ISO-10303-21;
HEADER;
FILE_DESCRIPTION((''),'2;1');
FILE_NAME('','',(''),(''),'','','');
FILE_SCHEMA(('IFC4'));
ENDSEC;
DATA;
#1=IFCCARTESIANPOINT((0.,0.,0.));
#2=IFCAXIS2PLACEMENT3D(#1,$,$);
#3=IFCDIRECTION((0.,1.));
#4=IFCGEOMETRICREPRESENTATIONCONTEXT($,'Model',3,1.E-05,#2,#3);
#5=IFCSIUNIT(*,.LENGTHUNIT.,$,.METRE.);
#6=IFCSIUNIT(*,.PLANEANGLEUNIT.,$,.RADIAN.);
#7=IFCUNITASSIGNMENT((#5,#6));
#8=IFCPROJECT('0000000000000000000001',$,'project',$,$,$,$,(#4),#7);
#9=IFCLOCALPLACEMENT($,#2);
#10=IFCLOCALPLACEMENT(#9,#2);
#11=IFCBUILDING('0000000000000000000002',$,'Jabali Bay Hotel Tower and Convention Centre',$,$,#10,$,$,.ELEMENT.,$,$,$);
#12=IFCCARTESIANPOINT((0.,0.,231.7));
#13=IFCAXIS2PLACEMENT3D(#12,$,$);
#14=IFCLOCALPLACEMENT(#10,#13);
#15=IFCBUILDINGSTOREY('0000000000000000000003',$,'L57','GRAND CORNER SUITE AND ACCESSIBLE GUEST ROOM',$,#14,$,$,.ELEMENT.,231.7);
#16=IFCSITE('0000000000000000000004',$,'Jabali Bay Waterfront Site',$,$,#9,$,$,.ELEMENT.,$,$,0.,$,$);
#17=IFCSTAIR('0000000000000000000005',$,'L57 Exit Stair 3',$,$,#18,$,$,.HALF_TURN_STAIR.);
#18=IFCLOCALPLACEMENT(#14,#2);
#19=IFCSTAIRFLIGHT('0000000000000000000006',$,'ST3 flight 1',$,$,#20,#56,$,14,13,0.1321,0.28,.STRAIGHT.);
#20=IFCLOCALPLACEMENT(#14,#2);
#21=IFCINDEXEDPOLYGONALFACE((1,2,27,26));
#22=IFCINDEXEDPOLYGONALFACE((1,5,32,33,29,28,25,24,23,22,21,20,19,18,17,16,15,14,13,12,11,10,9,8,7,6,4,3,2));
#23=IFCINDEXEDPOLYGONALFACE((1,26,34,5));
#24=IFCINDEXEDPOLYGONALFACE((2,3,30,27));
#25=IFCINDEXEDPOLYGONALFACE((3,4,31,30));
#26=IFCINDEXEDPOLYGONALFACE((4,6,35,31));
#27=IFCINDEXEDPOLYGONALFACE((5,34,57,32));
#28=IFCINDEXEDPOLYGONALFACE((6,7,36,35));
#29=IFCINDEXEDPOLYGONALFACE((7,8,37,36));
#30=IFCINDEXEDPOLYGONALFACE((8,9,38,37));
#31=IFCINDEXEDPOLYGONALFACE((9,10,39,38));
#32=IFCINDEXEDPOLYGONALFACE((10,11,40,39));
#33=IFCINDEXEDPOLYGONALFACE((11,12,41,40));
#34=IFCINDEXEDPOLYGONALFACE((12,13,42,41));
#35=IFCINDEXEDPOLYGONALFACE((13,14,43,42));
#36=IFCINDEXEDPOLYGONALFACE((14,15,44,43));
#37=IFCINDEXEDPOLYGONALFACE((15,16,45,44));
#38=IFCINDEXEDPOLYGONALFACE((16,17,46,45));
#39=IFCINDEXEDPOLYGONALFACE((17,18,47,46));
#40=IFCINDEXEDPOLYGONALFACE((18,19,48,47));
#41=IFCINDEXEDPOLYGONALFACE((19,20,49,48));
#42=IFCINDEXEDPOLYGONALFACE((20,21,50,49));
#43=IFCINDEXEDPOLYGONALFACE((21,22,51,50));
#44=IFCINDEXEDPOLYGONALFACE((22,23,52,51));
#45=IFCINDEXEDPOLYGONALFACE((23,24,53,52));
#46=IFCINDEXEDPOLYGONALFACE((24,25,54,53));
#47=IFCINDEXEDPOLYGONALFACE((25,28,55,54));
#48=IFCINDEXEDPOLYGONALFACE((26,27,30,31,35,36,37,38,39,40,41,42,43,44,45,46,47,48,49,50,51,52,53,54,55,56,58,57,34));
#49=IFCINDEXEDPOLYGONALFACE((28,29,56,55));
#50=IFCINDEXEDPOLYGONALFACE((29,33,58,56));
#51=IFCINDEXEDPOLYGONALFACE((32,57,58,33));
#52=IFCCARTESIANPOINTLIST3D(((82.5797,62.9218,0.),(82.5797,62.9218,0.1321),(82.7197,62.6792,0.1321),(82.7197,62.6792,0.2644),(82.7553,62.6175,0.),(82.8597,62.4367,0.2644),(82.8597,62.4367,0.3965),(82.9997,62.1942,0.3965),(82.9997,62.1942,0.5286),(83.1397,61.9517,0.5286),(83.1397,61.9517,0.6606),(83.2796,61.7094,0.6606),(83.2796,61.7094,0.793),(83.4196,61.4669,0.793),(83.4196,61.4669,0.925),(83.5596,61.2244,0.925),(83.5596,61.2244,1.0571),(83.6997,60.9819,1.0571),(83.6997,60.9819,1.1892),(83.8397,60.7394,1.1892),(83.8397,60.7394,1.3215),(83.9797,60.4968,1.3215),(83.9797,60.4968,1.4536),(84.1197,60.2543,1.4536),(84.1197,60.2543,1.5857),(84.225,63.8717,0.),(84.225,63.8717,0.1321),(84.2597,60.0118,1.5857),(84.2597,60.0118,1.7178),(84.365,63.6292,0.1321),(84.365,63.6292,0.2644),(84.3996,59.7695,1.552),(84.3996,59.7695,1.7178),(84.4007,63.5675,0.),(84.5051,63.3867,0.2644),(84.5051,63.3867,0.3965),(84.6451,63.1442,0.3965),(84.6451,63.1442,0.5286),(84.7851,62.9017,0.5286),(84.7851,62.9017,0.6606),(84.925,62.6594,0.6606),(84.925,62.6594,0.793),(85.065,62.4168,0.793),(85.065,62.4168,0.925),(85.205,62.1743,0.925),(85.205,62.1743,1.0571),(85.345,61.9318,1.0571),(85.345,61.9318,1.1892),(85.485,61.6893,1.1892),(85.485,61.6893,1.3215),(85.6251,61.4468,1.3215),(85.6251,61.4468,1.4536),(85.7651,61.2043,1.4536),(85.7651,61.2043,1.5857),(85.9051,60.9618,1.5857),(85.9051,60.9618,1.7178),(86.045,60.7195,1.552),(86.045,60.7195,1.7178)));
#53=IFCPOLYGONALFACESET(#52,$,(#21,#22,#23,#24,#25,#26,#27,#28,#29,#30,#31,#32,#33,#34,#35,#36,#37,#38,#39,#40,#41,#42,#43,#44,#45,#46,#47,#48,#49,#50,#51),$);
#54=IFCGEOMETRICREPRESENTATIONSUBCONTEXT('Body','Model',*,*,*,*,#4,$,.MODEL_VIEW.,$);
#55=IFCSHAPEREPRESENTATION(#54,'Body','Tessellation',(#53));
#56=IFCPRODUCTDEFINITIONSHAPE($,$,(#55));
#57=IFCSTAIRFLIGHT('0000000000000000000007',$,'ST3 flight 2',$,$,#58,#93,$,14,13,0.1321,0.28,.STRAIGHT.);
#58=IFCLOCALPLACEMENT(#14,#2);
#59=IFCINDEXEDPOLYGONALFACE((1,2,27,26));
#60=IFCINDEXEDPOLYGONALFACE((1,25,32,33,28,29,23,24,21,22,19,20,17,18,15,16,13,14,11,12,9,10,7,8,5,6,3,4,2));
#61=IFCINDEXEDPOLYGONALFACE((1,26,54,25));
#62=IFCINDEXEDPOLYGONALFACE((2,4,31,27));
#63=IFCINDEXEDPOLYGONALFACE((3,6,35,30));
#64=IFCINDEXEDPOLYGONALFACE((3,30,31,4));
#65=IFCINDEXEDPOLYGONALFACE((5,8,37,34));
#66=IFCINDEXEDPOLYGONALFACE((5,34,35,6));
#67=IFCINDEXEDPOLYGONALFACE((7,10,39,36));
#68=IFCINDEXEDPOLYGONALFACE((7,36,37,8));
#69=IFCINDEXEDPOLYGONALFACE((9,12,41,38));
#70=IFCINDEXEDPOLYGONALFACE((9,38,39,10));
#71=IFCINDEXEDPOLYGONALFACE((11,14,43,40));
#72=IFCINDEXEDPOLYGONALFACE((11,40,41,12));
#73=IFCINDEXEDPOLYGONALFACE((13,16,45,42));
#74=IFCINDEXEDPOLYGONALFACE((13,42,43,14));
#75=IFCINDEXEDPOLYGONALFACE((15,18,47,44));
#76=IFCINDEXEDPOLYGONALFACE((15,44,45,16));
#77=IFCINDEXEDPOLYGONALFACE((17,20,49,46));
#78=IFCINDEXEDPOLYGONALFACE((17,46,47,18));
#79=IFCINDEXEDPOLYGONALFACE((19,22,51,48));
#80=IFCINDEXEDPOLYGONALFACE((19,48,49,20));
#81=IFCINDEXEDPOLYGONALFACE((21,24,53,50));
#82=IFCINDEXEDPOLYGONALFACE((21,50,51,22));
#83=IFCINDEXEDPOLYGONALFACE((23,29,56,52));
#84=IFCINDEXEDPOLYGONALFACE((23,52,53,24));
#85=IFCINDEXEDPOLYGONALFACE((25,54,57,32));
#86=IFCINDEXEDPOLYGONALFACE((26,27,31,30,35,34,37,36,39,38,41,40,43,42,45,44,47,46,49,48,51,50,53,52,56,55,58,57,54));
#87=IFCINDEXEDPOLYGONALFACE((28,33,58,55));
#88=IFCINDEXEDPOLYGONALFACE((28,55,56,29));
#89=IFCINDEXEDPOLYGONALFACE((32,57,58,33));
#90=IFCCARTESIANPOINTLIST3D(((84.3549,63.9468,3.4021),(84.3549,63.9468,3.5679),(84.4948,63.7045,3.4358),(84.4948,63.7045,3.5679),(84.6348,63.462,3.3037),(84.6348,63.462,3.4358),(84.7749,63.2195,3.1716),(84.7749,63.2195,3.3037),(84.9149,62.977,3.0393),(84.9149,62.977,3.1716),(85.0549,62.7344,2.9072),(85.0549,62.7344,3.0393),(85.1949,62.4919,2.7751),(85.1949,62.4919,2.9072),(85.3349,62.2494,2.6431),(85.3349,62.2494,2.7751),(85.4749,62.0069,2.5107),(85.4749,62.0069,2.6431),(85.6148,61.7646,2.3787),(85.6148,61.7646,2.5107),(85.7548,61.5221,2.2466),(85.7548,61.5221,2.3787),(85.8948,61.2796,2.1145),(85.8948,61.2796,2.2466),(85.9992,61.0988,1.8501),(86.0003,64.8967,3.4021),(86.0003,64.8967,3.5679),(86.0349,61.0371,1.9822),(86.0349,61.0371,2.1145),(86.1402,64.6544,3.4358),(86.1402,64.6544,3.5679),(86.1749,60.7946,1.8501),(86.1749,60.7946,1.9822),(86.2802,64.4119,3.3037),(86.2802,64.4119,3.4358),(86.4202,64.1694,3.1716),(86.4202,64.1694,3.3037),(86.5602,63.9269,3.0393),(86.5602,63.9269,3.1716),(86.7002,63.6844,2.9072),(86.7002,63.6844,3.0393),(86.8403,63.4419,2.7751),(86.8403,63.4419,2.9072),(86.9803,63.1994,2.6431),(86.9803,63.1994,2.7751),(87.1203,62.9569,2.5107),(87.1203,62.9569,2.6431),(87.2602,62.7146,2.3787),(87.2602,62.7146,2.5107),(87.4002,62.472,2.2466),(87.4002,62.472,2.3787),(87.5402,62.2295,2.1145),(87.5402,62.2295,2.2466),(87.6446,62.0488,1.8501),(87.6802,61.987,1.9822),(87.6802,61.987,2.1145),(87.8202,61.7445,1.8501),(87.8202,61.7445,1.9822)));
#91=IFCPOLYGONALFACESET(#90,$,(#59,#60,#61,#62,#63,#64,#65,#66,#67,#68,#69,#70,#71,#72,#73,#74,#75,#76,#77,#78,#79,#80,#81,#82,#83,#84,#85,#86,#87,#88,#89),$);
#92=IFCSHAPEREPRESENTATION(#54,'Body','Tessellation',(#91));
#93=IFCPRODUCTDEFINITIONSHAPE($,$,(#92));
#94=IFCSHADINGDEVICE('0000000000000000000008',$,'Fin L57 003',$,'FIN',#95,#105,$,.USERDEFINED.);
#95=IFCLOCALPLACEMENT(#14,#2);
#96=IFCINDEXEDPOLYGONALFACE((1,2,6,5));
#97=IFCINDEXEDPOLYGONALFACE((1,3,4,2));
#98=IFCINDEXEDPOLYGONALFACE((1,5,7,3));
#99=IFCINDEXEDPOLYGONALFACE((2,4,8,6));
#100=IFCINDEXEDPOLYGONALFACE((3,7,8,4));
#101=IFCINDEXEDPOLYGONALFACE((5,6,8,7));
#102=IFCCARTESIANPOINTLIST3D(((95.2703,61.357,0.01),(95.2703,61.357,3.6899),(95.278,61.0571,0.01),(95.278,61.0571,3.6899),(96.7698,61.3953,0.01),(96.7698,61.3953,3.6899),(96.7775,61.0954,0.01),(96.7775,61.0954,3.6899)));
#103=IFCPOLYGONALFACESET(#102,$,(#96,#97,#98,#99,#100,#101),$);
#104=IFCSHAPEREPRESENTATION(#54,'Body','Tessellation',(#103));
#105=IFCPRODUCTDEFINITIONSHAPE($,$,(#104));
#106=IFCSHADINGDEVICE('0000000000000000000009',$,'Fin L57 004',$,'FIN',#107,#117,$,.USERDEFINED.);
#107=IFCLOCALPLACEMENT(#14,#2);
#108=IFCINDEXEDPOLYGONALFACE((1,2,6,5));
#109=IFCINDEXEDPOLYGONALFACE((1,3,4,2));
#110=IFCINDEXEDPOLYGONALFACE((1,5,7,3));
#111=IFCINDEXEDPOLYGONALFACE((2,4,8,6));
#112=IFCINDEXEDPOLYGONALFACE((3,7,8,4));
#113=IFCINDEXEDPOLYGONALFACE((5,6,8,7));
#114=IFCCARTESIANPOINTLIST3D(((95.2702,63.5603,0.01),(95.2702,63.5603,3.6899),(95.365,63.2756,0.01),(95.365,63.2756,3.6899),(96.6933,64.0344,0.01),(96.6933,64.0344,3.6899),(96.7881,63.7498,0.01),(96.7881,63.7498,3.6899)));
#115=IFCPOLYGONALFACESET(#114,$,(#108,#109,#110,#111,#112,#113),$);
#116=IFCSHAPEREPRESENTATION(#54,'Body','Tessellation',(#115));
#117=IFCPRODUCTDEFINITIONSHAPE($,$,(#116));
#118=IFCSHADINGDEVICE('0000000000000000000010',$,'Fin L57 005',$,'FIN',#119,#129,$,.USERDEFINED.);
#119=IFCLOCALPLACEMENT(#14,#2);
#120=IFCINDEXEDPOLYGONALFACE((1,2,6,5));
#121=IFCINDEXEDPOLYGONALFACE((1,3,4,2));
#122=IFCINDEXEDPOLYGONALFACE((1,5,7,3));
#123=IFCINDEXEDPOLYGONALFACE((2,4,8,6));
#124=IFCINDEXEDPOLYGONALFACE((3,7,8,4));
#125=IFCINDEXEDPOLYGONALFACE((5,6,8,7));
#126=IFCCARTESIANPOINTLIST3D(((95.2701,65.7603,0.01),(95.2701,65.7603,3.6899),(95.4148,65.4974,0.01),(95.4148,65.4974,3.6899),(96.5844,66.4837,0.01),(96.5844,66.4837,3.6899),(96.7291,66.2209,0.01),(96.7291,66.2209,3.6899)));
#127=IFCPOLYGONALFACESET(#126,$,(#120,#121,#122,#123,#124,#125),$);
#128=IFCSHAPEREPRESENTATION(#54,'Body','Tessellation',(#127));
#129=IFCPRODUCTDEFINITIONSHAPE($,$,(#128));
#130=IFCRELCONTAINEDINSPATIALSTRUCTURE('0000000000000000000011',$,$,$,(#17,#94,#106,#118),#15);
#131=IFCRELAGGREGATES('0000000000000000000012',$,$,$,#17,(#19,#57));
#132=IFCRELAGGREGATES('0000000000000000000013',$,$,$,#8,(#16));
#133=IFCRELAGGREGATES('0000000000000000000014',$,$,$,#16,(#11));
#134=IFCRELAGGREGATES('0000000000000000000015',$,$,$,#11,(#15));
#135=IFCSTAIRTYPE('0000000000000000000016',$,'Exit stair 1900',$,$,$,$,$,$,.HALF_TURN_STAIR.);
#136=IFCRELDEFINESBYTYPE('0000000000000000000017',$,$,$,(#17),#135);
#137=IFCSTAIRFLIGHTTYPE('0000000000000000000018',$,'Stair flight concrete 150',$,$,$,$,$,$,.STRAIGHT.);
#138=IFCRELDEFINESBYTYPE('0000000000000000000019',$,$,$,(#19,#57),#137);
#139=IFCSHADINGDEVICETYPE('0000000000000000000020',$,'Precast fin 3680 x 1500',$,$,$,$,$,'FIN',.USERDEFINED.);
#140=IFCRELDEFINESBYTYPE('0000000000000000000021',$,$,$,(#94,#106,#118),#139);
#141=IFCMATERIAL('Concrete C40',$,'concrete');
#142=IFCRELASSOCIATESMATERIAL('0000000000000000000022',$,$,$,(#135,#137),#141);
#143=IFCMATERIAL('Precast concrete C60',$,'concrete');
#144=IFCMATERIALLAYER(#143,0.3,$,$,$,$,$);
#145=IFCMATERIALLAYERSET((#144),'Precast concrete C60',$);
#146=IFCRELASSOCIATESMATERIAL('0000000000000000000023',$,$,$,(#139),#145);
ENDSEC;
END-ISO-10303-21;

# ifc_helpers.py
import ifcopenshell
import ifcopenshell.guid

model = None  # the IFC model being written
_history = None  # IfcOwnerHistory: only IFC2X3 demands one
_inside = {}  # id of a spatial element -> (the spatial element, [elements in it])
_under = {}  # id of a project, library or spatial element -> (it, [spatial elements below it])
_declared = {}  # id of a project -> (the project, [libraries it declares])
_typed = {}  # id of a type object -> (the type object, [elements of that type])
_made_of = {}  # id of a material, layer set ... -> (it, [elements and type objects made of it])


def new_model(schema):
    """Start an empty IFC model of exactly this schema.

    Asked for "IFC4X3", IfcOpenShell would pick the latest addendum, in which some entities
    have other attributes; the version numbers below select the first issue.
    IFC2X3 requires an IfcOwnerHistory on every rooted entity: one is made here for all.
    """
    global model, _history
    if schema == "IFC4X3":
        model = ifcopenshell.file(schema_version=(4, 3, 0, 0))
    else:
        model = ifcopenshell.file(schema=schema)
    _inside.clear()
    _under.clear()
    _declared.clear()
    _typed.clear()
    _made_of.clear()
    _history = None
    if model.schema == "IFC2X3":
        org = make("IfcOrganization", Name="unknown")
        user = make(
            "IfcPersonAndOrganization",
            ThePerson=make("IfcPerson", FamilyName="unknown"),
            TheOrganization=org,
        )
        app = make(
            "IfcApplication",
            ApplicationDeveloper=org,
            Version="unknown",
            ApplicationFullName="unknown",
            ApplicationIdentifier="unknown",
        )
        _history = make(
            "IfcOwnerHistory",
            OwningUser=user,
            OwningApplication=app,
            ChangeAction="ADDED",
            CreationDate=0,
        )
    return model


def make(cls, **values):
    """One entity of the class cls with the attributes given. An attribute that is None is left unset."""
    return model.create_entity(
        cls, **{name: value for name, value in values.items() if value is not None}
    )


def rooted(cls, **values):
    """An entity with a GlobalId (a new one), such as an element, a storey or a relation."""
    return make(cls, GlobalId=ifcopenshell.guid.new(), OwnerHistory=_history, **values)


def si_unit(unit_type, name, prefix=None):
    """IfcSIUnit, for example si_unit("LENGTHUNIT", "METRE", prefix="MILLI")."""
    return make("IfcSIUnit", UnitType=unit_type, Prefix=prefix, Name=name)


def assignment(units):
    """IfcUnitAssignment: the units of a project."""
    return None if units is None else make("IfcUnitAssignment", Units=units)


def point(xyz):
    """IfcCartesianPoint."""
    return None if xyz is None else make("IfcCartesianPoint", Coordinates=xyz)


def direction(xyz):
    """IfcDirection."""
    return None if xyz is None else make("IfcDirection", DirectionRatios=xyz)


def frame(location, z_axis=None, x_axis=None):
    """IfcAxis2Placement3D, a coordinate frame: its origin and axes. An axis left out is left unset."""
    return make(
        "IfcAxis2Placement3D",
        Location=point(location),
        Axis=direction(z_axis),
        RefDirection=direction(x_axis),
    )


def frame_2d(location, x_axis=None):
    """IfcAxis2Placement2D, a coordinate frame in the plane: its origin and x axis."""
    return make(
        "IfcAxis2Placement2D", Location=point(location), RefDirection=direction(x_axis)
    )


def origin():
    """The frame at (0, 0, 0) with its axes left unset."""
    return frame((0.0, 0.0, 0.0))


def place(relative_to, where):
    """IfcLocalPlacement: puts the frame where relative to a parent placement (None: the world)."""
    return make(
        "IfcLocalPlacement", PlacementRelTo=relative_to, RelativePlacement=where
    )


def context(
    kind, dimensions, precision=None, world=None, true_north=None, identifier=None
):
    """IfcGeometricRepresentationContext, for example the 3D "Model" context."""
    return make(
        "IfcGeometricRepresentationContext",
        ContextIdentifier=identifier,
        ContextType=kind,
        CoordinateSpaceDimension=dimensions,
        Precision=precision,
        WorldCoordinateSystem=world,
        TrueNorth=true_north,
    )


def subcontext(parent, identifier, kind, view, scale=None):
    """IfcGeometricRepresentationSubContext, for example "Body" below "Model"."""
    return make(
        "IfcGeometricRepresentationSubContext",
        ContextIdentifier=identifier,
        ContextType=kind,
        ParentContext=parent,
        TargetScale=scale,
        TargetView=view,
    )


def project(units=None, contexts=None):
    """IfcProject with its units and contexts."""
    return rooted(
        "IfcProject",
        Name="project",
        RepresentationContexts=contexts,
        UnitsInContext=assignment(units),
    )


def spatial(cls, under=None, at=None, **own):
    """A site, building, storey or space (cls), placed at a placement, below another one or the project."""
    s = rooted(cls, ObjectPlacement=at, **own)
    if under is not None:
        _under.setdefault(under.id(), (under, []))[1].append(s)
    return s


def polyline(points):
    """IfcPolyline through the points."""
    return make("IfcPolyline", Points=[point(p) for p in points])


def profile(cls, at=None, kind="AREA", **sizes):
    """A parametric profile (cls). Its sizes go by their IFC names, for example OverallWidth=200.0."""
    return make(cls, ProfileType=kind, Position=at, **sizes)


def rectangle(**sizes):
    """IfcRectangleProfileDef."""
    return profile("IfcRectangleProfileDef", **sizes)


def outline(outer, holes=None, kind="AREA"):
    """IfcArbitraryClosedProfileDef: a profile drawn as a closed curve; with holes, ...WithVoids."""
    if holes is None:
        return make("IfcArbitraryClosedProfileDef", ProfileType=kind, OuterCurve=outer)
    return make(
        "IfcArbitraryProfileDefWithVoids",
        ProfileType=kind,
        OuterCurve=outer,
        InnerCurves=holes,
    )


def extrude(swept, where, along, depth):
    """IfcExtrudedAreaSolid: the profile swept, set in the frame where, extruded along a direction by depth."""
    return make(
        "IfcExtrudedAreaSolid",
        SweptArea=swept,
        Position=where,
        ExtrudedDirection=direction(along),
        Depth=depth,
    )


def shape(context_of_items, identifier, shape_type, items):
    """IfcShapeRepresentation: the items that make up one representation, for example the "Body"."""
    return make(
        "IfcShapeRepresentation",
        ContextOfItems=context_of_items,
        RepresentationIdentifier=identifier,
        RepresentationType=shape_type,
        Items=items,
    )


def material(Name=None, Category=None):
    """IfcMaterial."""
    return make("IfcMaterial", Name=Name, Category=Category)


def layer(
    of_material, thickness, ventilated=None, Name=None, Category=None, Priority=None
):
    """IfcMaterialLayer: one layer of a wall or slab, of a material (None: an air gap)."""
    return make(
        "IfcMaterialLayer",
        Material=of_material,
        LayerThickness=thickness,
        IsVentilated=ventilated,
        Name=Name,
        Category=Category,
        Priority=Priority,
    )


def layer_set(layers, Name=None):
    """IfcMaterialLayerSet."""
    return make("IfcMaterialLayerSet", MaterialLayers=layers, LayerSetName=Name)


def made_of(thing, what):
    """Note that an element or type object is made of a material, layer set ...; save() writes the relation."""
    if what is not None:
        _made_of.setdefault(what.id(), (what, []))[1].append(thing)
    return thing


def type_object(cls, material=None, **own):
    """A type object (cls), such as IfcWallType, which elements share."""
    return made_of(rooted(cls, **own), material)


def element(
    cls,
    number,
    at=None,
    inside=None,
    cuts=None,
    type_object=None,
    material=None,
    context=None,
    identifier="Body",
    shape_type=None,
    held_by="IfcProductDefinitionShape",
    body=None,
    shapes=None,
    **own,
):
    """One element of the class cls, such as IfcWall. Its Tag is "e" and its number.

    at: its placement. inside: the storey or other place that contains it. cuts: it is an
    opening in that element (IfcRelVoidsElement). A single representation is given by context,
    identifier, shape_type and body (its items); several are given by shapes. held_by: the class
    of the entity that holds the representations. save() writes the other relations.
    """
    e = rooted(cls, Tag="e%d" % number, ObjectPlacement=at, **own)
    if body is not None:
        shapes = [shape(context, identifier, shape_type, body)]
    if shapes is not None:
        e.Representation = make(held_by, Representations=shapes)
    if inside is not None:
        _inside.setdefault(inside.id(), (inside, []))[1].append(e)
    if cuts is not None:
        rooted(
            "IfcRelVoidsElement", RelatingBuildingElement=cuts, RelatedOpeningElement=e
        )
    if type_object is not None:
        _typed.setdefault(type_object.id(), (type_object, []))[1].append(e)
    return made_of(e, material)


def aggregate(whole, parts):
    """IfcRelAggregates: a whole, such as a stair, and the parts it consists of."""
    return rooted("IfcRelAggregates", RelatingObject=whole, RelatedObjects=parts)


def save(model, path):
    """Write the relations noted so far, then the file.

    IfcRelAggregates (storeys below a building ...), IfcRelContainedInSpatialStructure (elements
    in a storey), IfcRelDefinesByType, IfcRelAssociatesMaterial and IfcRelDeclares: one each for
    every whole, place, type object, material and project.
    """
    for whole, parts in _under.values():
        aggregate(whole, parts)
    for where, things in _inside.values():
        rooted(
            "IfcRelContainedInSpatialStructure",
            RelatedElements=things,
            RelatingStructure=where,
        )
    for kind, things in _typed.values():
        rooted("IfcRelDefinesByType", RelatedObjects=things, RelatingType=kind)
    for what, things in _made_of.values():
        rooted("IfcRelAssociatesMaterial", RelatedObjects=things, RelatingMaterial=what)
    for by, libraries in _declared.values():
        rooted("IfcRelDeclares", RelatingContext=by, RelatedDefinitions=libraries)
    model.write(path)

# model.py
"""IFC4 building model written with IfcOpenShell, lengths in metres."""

from ifc_helpers import new_model, si_unit, direction, frame, frame_2d, origin, place, context, subcontext, project, spatial, polyline, rectangle, outline, extrude, material, layer, layer_set, type_object, element, aggregate, save


model = new_model("IFC4")

# Units and contexts
model_context = context("Model", 3, precision=1e-05, world=origin(), true_north=direction((0.0, 1.0)))
body_context = subcontext(model_context, "Body", "Model", "MODEL_VIEW")
ifc_project = project(units=[si_unit("LENGTHUNIT", "METRE"), si_unit("PLANEANGLEUNIT", "RADIAN")], contexts=[model_context])

# Site, building, storey
site_placement = place(None, origin())
site = spatial("IfcSite", under=ifc_project, at=site_placement, Name="Jabali Bay Waterfront Site", CompositionType="ELEMENT", RefElevation=0.0)
building_placement = place(site_placement, origin())
building = spatial("IfcBuilding", under=site, at=building_placement, Name="Jabali Bay Hotel Tower and Convention Centre", CompositionType="ELEMENT")
storey_placement = place(building_placement, frame((0.0, 0.0, 231.7)))
storey = spatial("IfcBuildingStorey", under=building, at=storey_placement, Name="L57", Description="GRAND CORNER SUITE AND ACCESSIBLE GUEST ROOM", CompositionType="ELEMENT", Elevation=231.7)

# Shared definitions
ifc_material_1 = material(Name="Concrete C40", Category="concrete")

# Stair, stair flights
stair_type = type_object("IfcStairType", Name="Exit stair 1900", PredefinedType="HALF_TURN_STAIR", material=ifc_material_1)
stair_placement = place(storey_placement, origin())
stair = element("IfcStair", 1, at=stair_placement, inside=storey, type_object=stair_type, Name="L57 Exit Stair 3", PredefinedType="HALF_TURN_STAIR")
stair_flight_type = type_object("IfcStairFlightType", Name="Stair flight concrete 150", PredefinedType="STRAIGHT", material=ifc_material_1)
stair_flight_1_placement = place(storey_placement, frame((83.4023, 63.3967, 0.0), z_axis=(0.0, 0.0, 1.0), x_axis=(0.5, -0.866025, 0.0)))
stair_flight_1 = element("IfcStairFlight", 2, at=stair_flight_1_placement, type_object=stair_flight_type, Name="ST3 flight 1", NumberOfRisers=14, NumberOfTreads=13, PredefinedType="STRAIGHT", RiserHeight=0.1321, TreadLength=0.28, context=body_context, shape_type="SweptSolid", body=[
    extrude(outline(polyline([(0.0, 0.0), (0.0, 0.1321), (0.28, 0.1321), (0.28, 0.2644), (0.5601, 0.2644), (0.5601, 0.3965), (0.8401, 0.3965), (0.8401, 0.5286), (1.1201, 0.5286), (1.1201, 0.6606), (1.3999, 0.6606), (1.3999, 0.793), (1.6799, 0.793), (1.6799, 0.925), (1.96, 0.925), (1.96, 1.0571), (2.24, 1.0571), (2.24, 1.1892), (2.52, 1.1892), (2.52, 1.3215), (2.8, 1.3215), (2.8, 1.4536), (3.0801, 1.4536), (3.0801, 1.5857), (3.3601, 1.5857), (3.3601, 1.7178), (3.6399, 1.7178), (3.6399, 1.8501), (3.6399, 1.552), (0.3513, 0.0), (0.0, 0.0)])), frame((0.0, 0.95, 0.0), z_axis=(0.0, -1.0, 0.0), x_axis=(1.0, 0.0, 0.0)), (0.0, 0.0, 1.0), 1.8999),
])
stair_flight_2_placement = place(storey_placement, frame((86.9976, 61.2695, 1.8501), z_axis=(0.0, 0.0, 1.0), x_axis=(-0.5, 0.866025, 0.0)))
stair_flight_2 = element("IfcStairFlight", 3, at=stair_flight_2_placement, type_object=stair_flight_type, Name="ST3 flight 2", NumberOfRisers=14, NumberOfTreads=13, PredefinedType="STRAIGHT", RiserHeight=0.1321, TreadLength=0.28, context=body_context, shape_type="SweptSolid", body=[
    extrude(outline(polyline([(0.0, 0.0), (0.0, 0.1321), (0.28, 0.1321), (0.28, 0.2644), (0.5601, 0.2644), (0.5601, 0.3965), (0.8401, 0.3965), (0.8401, 0.5286), (1.1201, 0.5286), (1.1201, 0.6606), (1.3999, 0.6606), (1.3999, 0.793), (1.6799, 0.793), (1.6799, 0.925), (1.96, 0.925), (1.96, 1.0571), (2.24, 1.0571), (2.24, 1.1892), (2.52, 1.1892), (2.52, 1.3215), (2.8, 1.3215), (2.8, 1.4536), (3.0801, 1.4536), (3.0801, 1.5857), (3.3601, 1.5857), (3.3601, 1.7178), (3.6399, 1.7178), (3.6399, 1.8501), (3.6399, 1.552), (0.3513, 0.0), (0.0, 0.0)])), frame((0.0, 0.95, 0.0), z_axis=(0.0, -1.0, 0.0), x_axis=(1.0, 0.0, 0.0)), (0.0, 0.0, 1.0), 1.8999),
])
aggregate(stair, [stair_flight_1, stair_flight_2])

# Shading devices
ifc_material_2 = material(Name="Precast concrete C60", Category="concrete")
ifc_layer_1 = layer(ifc_material_2, 0.3)
ifc_layer_set_1 = layer_set([ifc_layer_1], Name="Precast concrete C60")
shading_device_type = type_object("IfcShadingDeviceType", Name="Precast fin 3680 x 1500", ElementType="FIN", PredefinedType="USERDEFINED", material=ifc_layer_set_1)
for number, where, z_axis, x_axis, name in (
    (4, (95.2742, 61.207, 0.01), (0.0, 0.0, 1.0), (0.999673, 0.025553, 0.0), "Fin L57 003"),
    (5, (95.3176, 63.418, 0.01), (0.0, 0.0, 1.0), (0.948732, 0.316081, 0.0), "Fin L57 004"),
):
    element("IfcShadingDevice", number, at=place(storey_placement, frame(where, z_axis=z_axis, x_axis=x_axis)), inside=storey, type_object=shading_device_type, Name=name, ObjectType="FIN", PredefinedType="USERDEFINED", context=body_context, shape_type="SweptSolid", body=[
        extrude(rectangle(XDim=1.5, YDim=0.3, at=frame_2d((0.75, 0.0))), origin(), (0.0, 0.0, 1.0), 3.6799),
    ])
shading_device_placement = place(storey_placement, frame((95.3425, 65.6289, 0.01), z_axis=(0.0, 0.0, 1.0), x_axis=(0.876054, 0.482212, 0.0)))
element("IfcShadingDevice", 6, at=shading_device_placement, inside=storey, type_object=shading_device_type, Name="Fin L57 005", ObjectType="FIN", PredefinedType="USERDEFINED", context=body_context, shape_type="SweptSolid", body=[
    extrude(rectangle(XDim=1.5002, YDim=0.3, at=frame_2d((0.75, 0.0))), origin(), (0.0, 0.0, 1.0), 3.6799),
])

save(model, "model.ifc")
